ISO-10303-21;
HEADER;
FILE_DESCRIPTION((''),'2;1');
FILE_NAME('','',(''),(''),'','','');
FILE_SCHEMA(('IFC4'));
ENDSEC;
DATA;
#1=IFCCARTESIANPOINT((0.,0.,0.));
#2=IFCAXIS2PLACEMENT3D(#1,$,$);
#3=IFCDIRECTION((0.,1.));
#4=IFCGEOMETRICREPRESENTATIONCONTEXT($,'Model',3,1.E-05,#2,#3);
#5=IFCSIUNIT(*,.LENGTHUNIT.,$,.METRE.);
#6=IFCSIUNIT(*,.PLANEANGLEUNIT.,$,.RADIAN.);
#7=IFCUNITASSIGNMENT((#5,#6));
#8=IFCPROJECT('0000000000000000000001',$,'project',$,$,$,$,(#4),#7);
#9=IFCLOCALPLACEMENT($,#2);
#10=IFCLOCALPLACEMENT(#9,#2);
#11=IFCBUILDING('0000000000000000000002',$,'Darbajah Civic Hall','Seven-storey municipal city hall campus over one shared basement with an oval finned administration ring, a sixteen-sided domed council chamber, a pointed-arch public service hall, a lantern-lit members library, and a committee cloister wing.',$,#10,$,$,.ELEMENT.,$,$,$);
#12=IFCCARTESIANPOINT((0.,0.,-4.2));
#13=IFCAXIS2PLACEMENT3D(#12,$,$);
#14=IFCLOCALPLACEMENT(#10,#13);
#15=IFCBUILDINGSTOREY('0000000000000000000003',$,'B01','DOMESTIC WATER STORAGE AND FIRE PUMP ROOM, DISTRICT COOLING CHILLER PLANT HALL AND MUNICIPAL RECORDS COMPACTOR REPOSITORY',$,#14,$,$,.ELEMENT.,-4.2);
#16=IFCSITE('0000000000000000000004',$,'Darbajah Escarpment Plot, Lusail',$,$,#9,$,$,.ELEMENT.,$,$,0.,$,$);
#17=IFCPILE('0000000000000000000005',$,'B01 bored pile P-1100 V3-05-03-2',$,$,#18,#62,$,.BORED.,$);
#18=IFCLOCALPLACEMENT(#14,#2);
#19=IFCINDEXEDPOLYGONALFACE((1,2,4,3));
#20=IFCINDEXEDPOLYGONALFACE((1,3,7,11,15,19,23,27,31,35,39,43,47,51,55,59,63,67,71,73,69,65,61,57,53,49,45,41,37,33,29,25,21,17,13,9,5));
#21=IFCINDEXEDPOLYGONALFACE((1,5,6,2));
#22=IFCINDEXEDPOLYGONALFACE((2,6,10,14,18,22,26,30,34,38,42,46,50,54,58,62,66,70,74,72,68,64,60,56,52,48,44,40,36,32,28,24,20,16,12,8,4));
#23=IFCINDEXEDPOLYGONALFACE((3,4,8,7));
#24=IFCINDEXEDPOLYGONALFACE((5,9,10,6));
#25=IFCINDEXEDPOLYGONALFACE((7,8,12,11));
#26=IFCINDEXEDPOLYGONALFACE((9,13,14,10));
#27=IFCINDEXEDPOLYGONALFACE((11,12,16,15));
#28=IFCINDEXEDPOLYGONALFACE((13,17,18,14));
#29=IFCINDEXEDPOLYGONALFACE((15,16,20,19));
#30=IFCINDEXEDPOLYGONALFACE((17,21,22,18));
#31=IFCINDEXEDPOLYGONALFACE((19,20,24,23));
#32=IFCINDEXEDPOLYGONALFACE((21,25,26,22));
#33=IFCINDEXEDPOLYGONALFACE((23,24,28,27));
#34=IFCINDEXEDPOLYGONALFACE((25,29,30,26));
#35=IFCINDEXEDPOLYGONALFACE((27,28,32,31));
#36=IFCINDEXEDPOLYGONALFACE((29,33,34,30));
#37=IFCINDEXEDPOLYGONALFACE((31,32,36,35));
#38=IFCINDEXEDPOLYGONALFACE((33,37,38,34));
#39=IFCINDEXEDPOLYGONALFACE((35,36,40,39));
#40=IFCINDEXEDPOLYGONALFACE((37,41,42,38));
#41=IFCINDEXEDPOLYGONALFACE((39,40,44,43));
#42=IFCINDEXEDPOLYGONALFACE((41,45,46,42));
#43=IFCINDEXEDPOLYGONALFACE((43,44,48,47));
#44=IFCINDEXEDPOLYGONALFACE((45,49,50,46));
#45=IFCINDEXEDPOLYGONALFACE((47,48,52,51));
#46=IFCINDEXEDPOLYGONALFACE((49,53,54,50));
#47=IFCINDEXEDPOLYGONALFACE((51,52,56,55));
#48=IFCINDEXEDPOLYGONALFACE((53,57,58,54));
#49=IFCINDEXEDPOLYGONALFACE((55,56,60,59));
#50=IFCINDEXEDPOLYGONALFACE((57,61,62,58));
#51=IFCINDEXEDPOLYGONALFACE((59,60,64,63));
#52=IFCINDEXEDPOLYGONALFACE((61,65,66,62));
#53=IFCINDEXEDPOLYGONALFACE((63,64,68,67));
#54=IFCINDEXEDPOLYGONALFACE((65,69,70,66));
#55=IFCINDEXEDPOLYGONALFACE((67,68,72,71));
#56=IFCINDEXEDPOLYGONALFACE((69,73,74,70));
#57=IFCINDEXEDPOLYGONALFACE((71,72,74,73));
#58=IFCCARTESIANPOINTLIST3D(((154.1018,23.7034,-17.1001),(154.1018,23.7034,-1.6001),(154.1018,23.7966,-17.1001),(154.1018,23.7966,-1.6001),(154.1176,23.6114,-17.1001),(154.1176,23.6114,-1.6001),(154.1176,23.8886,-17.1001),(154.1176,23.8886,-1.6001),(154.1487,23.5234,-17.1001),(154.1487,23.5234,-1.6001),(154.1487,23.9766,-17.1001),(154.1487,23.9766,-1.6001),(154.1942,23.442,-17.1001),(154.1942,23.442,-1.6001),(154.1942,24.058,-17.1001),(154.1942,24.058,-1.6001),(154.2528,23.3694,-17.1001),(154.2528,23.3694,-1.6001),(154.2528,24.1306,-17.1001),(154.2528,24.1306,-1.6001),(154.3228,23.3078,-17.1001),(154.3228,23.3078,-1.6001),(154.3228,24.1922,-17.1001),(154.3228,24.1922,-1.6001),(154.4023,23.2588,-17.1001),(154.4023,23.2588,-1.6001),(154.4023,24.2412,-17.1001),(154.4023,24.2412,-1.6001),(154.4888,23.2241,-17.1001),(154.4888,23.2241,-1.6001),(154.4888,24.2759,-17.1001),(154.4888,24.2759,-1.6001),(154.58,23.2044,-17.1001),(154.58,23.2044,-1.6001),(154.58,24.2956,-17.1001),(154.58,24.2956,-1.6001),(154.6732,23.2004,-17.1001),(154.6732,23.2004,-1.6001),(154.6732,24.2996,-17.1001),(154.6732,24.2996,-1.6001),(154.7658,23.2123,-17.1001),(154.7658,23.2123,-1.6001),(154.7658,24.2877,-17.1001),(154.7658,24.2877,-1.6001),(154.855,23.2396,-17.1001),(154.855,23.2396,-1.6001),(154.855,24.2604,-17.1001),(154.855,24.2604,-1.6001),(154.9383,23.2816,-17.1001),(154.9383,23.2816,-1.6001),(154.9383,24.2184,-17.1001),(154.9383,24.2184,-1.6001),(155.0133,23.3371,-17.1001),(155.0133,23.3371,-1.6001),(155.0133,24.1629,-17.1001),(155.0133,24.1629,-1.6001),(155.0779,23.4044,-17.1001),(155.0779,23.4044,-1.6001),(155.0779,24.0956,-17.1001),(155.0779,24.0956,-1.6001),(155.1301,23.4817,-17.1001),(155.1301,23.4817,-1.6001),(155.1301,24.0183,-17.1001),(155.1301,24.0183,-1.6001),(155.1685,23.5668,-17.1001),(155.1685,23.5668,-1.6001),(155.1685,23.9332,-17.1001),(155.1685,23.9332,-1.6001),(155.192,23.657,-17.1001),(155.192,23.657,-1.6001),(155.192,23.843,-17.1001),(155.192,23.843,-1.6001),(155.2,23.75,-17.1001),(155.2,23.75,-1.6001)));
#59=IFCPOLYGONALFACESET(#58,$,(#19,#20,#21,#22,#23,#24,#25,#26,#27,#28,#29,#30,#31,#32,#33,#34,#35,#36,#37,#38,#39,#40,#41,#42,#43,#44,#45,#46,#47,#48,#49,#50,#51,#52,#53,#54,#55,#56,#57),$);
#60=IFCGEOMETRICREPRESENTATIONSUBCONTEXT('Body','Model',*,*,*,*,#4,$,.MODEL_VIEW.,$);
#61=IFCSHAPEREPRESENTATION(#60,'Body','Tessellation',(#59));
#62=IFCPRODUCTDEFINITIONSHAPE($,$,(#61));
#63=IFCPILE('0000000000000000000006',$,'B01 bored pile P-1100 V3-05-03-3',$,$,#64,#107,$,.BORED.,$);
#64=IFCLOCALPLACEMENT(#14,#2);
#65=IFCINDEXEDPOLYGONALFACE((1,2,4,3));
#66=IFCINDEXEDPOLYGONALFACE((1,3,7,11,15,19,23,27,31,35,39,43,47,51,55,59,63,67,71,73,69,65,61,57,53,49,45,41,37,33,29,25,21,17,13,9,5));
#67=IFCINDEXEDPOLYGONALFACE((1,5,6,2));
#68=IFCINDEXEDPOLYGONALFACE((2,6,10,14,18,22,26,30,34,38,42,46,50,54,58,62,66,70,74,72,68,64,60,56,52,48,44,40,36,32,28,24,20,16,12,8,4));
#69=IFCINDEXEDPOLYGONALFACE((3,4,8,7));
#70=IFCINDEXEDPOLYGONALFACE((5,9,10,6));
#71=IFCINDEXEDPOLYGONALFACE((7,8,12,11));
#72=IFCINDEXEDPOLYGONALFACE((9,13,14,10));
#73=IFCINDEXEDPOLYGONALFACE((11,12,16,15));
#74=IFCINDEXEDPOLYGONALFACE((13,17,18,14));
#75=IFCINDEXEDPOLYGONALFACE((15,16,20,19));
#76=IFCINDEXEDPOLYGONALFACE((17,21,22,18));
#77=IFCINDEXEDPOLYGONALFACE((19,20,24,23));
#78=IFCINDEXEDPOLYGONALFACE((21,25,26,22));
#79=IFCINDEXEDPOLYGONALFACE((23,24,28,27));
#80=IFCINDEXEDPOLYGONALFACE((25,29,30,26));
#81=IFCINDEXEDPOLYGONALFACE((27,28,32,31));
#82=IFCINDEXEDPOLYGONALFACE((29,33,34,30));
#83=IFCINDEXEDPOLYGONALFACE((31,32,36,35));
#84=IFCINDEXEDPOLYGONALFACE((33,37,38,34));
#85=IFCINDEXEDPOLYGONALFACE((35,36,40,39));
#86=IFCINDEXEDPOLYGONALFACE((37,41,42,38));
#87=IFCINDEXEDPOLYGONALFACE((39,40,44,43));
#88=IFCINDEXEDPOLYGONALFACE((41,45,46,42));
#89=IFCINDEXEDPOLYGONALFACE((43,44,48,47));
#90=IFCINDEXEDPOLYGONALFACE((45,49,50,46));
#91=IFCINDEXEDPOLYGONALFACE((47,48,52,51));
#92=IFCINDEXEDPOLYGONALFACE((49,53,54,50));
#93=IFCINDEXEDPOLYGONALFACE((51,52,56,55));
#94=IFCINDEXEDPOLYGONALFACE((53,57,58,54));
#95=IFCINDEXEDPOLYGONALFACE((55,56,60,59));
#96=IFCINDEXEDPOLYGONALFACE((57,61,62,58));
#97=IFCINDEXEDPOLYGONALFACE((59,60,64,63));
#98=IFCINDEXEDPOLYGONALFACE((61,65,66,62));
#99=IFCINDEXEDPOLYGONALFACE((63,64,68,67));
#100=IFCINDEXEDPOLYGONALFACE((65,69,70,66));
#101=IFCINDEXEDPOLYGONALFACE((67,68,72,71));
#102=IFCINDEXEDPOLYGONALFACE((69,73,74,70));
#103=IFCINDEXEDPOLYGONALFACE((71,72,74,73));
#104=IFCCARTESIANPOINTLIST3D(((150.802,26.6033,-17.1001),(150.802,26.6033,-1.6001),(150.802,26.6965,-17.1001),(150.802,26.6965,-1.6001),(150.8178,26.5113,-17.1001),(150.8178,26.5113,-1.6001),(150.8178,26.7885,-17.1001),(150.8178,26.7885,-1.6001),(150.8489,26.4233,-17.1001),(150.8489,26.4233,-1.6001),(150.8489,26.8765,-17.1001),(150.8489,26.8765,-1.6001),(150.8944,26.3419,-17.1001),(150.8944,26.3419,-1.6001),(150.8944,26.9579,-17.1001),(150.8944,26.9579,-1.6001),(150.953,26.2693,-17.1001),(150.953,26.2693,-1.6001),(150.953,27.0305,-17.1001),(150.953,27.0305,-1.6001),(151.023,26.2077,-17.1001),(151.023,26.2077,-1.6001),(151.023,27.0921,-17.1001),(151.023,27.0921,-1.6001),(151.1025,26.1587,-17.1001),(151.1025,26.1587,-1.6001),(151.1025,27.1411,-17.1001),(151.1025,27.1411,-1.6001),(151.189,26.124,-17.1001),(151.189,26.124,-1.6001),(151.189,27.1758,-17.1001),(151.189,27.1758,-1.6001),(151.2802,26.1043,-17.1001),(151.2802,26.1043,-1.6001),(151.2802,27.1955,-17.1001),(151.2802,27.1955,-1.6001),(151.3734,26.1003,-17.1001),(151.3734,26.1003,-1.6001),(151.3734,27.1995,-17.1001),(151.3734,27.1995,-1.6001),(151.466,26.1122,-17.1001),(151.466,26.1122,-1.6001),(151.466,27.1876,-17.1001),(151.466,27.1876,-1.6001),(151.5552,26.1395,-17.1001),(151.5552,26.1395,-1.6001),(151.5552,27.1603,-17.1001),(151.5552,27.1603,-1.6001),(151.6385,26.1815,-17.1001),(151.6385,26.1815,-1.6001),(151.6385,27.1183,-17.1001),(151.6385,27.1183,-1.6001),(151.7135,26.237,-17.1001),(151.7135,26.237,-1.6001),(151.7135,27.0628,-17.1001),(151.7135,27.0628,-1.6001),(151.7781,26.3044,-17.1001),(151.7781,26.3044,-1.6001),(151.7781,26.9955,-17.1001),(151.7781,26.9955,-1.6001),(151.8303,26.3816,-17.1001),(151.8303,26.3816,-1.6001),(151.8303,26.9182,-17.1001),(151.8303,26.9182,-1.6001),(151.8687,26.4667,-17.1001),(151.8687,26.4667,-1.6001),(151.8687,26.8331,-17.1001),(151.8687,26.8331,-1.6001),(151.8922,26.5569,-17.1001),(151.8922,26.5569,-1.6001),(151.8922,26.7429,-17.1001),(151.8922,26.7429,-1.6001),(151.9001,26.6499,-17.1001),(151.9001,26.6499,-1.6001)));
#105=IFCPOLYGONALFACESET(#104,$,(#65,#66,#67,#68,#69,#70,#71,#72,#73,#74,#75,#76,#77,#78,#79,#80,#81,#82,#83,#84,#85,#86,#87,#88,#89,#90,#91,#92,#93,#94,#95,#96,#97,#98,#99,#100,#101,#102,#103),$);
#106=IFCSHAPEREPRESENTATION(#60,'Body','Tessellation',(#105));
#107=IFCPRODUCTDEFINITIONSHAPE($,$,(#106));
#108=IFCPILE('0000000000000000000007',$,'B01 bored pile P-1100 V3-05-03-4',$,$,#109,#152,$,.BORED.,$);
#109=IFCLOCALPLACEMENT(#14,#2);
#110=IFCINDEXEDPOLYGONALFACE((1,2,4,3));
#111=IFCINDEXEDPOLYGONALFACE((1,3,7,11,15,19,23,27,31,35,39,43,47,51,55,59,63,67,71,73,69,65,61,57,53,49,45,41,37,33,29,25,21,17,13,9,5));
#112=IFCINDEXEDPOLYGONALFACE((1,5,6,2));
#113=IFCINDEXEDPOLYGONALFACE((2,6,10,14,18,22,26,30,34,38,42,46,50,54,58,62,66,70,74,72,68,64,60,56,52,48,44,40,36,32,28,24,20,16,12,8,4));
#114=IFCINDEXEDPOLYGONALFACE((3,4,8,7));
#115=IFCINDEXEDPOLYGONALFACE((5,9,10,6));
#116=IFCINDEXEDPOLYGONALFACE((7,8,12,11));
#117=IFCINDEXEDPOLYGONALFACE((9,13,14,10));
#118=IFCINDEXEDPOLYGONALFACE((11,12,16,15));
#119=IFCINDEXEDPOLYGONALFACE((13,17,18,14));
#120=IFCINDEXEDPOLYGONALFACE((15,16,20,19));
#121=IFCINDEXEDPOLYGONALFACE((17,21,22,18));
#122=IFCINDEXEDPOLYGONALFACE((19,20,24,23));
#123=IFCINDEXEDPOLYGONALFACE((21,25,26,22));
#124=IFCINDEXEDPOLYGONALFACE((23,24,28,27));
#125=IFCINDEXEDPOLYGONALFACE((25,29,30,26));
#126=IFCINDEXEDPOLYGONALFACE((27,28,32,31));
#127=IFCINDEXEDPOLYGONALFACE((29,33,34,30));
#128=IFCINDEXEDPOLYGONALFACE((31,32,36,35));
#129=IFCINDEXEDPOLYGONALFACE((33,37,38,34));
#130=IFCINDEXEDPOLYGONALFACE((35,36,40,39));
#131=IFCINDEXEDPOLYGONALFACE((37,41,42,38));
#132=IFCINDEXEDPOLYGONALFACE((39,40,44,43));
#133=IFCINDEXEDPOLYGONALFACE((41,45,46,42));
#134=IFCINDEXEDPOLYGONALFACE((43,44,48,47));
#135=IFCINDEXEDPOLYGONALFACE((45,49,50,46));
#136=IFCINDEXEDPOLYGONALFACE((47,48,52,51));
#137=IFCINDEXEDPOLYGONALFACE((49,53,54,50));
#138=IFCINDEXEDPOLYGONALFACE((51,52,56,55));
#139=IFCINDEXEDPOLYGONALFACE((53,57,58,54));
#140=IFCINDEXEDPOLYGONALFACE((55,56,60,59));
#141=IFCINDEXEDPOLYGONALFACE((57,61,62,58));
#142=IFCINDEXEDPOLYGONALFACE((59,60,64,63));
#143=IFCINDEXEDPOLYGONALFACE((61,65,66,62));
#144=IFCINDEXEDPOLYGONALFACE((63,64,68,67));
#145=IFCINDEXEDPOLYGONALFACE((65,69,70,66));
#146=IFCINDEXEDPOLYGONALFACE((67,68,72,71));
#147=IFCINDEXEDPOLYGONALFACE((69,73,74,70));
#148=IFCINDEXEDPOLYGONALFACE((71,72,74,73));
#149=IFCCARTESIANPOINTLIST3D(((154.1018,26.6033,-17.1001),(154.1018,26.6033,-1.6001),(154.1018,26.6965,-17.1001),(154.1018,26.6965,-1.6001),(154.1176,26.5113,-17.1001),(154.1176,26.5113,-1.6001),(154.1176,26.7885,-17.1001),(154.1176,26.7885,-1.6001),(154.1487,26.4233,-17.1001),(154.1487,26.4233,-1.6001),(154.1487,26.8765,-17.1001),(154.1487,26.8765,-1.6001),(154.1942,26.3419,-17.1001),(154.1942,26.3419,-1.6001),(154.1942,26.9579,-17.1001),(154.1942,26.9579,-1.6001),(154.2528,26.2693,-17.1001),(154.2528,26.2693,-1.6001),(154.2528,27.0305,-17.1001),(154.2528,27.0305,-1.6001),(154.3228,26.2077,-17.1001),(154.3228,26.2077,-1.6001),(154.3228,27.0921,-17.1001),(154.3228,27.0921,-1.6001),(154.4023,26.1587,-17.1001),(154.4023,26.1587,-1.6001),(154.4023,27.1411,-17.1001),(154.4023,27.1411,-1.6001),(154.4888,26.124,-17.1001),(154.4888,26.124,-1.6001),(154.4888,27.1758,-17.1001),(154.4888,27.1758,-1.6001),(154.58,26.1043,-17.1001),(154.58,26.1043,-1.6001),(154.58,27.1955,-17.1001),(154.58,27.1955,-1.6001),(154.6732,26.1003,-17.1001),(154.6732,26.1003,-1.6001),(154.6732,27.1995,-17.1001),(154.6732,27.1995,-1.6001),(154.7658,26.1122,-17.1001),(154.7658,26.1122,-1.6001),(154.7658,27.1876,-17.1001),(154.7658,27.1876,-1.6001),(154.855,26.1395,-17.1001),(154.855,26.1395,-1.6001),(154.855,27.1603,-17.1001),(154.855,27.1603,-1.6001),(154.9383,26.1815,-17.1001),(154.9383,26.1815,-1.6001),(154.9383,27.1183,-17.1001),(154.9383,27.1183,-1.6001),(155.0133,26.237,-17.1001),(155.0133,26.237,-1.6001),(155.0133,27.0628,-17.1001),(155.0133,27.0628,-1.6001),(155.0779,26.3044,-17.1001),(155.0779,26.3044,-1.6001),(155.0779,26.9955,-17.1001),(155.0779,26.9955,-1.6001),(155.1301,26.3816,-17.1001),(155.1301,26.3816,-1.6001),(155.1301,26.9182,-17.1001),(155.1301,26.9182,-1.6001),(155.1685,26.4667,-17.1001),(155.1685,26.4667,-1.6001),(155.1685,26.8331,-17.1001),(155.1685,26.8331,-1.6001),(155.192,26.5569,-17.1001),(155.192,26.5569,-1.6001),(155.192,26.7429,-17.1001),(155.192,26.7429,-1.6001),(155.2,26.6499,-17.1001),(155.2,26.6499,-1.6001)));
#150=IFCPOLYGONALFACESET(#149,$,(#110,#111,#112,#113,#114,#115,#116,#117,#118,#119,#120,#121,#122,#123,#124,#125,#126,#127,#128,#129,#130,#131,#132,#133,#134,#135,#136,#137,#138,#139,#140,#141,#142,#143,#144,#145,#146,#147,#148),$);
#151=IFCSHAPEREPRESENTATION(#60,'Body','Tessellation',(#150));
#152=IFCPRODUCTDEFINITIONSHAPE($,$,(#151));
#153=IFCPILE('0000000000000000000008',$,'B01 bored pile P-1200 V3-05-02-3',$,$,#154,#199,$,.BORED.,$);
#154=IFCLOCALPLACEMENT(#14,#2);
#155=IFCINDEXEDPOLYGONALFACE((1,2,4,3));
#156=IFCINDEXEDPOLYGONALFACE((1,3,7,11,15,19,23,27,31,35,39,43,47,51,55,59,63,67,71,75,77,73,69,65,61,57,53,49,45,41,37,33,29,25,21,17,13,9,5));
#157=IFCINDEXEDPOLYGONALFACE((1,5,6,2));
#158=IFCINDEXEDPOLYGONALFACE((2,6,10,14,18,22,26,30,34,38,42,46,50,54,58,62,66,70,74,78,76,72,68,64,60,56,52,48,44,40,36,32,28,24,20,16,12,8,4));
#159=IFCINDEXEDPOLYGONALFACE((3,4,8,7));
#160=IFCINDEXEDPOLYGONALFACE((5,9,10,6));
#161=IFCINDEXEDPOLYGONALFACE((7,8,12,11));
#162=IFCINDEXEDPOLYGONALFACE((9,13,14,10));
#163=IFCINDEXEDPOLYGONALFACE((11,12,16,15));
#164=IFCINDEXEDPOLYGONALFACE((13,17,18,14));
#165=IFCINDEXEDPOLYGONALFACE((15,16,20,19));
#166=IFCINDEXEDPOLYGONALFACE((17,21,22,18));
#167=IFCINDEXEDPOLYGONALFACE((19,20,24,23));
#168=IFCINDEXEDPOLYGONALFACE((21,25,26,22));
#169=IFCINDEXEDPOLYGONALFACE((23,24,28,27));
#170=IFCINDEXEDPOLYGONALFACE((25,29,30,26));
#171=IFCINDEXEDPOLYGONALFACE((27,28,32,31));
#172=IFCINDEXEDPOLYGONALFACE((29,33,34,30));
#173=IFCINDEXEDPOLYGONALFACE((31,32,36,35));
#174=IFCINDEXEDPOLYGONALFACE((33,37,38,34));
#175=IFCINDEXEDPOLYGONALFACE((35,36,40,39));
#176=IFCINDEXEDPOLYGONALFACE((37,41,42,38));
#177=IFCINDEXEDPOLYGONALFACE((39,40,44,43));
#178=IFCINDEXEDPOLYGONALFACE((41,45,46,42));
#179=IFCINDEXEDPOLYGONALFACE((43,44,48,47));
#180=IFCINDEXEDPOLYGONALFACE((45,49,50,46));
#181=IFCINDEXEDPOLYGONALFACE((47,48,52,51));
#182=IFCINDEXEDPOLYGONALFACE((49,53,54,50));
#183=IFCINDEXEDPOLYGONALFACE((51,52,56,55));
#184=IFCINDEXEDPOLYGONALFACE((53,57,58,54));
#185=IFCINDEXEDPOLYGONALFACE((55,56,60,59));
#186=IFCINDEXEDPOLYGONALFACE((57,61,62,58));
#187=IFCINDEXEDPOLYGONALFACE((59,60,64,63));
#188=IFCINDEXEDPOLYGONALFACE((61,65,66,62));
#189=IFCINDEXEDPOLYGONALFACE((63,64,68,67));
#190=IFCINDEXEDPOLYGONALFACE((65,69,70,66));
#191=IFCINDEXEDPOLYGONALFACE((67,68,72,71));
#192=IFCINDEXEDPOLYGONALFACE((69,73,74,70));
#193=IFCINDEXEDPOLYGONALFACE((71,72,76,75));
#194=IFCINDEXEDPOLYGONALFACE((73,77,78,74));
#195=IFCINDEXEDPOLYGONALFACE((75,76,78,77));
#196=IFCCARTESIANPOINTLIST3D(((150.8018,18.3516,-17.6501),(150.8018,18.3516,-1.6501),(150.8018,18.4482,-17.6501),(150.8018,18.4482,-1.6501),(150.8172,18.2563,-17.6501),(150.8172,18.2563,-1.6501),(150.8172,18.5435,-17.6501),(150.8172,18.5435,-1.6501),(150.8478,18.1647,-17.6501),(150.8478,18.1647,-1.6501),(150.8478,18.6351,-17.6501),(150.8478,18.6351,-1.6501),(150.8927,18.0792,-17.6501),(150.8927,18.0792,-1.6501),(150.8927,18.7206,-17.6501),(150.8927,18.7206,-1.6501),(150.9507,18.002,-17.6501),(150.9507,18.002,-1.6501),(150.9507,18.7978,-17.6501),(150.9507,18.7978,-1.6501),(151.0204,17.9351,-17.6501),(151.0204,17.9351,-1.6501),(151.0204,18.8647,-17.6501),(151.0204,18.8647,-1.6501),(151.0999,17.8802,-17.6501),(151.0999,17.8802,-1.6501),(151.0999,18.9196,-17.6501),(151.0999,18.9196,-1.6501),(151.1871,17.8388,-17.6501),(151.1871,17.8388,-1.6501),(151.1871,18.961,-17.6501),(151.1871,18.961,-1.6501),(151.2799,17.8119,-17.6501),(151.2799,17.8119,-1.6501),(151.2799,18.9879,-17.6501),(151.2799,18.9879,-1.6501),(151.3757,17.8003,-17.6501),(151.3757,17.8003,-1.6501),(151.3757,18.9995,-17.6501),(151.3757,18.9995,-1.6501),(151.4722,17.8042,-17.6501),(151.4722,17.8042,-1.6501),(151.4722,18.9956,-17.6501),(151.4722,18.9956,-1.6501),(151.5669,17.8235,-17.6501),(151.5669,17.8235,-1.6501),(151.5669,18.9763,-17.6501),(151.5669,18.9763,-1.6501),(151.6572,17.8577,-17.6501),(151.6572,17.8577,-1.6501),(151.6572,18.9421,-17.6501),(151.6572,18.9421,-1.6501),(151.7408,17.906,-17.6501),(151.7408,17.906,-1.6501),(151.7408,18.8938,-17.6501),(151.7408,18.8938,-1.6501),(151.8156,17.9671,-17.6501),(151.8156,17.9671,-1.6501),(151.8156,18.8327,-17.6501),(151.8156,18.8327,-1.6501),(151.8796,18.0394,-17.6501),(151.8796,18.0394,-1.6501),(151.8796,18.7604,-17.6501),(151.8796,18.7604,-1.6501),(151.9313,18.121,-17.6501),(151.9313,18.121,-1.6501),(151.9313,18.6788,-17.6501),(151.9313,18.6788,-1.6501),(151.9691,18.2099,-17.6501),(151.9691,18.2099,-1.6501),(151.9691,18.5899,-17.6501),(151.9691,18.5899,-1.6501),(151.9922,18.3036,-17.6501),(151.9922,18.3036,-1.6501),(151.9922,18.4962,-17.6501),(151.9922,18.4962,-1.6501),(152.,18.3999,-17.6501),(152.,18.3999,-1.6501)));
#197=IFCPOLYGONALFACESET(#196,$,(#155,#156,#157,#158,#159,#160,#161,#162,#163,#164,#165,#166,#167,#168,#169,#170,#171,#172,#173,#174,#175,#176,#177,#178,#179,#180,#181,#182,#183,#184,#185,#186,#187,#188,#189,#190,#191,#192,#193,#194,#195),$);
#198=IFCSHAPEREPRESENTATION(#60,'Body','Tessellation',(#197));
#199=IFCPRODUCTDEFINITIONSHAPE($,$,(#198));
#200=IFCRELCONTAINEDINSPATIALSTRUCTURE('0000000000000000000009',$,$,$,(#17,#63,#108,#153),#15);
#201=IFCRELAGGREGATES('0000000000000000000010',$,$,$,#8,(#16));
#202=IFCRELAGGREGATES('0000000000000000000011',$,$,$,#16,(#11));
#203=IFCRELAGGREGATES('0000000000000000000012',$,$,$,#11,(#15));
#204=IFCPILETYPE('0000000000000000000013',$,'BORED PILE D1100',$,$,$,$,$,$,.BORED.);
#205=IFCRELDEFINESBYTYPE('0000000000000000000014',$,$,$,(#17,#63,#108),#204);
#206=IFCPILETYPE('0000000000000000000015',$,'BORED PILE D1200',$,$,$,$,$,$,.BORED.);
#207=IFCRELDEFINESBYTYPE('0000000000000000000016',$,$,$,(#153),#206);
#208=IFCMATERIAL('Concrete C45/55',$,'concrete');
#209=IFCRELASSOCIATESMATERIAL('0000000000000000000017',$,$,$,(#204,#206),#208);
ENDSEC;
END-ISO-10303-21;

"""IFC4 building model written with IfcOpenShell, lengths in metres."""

from ifc_helpers import new_model, si_unit, direction, frame, origin, origin_2d, place, context, subcontext, project, spatial, circle, extrude, material, material_profile, profile_set, type_object, element, save


model = new_model("IFC4")

# Units and contexts
model_context = context("Model", 3, precision=1e-05, world=origin(), true_north=direction((0.0, 1.0)))
body_context = subcontext(model_context, "Body", "Model", "MODEL_VIEW")
ifc_project = project(units=[si_unit("LENGTHUNIT", "METRE"), si_unit("PLANEANGLEUNIT", "RADIAN")], contexts=[model_context])

# Site, building, storey
site_placement = place(None, origin())
site = spatial("IfcSite", under=ifc_project, at=site_placement, Name="Darbajah Escarpment Plot, Lusail", CompositionType="ELEMENT", RefElevation=0.0)
building_placement = place(site_placement, origin())
building = spatial("IfcBuilding", under=site, at=building_placement, Name="Darbajah Civic Hall", Description="Seven-storey municipal city hall campus over one shared basement with an oval finned administration ring, a sixteen-sided domed council chamber, a pointed-arch public service hall, a lantern-lit members library, and a committee cloister wing.", CompositionType="ELEMENT")
storey_placement = place(building_placement, frame((0.0, 0.0, -4.2)))
storey = spatial("IfcBuildingStorey", under=building, at=storey_placement, Name="B01", Description="DOMESTIC WATER STORAGE AND FIRE PUMP ROOM, DISTRICT COOLING CHILLER PLANT HALL AND MUNICIPAL RECORDS COMPACTOR REPOSITORY", CompositionType="ELEMENT", Elevation=-4.2)

# Piles
ifc_material_1 = material(Name="Concrete C45/55", Category="concrete")
ifc_material_profile_1 = material_profile(ifc_material_1, circle(Radius=0.55, at=origin_2d()), Name="BORED PILE D1100")
ifc_profile_set_1 = profile_set([ifc_material_profile_1], Name="Concrete C45/55")
pile_type_1 = type_object("IfcPileType", Name="BORED PILE D1100", PredefinedType="BORED", material=ifc_profile_set_1)
for number, where, z_axis, x_axis, name in (
    (1, (154.6499, 23.75, -1.6001), (0.0, 0.0, -1.0), (1.0, 0.0, 0.0), "B01 bored pile P-1100 V3-05-03-2"),
    (2, (151.3501, 26.6499, -1.6001), (0.0, 0.0, -1.0), (1.0, 0.0, 0.0), "B01 bored pile P-1100 V3-05-03-3"),
    (3, (154.6499, 26.6499, -1.6001), (0.0, 0.0, -1.0), (1.0, 0.0, 0.0), "B01 bored pile P-1100 V3-05-03-4"),
):
    element("IfcPile", number, at=place(storey_placement, frame(where, z_axis=z_axis, x_axis=x_axis)), inside=storey, type_object=pile_type_1, Name=name, PredefinedType="BORED", context=body_context, shape_type="SweptSolid", body=[
        extrude(circle(Radius=0.55, at=origin_2d()), origin(), (0.0, 0.0, 1.0), 15.5),
    ])
ifc_material_profile_2 = material_profile(ifc_material_1, circle(Radius=0.6001, at=origin_2d()), Name="BORED PILE D1200")
ifc_profile_set_2 = profile_set([ifc_material_profile_2], Name="Concrete C45/55")
pile_type_2 = type_object("IfcPileType", Name="BORED PILE D1200", PredefinedType="BORED", material=ifc_profile_set_2)
for number, where, z_axis, x_axis, name in (
    (4, (151.3999, 18.3999, -1.6501), (0.0, 0.0, -1.0), (1.0, 0.0, 0.0), "B01 bored pile P-1200 V3-05-02-3"),
):
    element("IfcPile", number, at=place(storey_placement, frame(where, z_axis=z_axis, x_axis=x_axis)), inside=storey, type_object=pile_type_2, Name=name, PredefinedType="BORED", context=body_context, shape_type="SweptSolid", body=[
        extrude(circle(Radius=0.6001, at=origin_2d()), origin(), (0.0, 0.0, 1.0), 16.0),
    ])

save(model, "model.ifc")
